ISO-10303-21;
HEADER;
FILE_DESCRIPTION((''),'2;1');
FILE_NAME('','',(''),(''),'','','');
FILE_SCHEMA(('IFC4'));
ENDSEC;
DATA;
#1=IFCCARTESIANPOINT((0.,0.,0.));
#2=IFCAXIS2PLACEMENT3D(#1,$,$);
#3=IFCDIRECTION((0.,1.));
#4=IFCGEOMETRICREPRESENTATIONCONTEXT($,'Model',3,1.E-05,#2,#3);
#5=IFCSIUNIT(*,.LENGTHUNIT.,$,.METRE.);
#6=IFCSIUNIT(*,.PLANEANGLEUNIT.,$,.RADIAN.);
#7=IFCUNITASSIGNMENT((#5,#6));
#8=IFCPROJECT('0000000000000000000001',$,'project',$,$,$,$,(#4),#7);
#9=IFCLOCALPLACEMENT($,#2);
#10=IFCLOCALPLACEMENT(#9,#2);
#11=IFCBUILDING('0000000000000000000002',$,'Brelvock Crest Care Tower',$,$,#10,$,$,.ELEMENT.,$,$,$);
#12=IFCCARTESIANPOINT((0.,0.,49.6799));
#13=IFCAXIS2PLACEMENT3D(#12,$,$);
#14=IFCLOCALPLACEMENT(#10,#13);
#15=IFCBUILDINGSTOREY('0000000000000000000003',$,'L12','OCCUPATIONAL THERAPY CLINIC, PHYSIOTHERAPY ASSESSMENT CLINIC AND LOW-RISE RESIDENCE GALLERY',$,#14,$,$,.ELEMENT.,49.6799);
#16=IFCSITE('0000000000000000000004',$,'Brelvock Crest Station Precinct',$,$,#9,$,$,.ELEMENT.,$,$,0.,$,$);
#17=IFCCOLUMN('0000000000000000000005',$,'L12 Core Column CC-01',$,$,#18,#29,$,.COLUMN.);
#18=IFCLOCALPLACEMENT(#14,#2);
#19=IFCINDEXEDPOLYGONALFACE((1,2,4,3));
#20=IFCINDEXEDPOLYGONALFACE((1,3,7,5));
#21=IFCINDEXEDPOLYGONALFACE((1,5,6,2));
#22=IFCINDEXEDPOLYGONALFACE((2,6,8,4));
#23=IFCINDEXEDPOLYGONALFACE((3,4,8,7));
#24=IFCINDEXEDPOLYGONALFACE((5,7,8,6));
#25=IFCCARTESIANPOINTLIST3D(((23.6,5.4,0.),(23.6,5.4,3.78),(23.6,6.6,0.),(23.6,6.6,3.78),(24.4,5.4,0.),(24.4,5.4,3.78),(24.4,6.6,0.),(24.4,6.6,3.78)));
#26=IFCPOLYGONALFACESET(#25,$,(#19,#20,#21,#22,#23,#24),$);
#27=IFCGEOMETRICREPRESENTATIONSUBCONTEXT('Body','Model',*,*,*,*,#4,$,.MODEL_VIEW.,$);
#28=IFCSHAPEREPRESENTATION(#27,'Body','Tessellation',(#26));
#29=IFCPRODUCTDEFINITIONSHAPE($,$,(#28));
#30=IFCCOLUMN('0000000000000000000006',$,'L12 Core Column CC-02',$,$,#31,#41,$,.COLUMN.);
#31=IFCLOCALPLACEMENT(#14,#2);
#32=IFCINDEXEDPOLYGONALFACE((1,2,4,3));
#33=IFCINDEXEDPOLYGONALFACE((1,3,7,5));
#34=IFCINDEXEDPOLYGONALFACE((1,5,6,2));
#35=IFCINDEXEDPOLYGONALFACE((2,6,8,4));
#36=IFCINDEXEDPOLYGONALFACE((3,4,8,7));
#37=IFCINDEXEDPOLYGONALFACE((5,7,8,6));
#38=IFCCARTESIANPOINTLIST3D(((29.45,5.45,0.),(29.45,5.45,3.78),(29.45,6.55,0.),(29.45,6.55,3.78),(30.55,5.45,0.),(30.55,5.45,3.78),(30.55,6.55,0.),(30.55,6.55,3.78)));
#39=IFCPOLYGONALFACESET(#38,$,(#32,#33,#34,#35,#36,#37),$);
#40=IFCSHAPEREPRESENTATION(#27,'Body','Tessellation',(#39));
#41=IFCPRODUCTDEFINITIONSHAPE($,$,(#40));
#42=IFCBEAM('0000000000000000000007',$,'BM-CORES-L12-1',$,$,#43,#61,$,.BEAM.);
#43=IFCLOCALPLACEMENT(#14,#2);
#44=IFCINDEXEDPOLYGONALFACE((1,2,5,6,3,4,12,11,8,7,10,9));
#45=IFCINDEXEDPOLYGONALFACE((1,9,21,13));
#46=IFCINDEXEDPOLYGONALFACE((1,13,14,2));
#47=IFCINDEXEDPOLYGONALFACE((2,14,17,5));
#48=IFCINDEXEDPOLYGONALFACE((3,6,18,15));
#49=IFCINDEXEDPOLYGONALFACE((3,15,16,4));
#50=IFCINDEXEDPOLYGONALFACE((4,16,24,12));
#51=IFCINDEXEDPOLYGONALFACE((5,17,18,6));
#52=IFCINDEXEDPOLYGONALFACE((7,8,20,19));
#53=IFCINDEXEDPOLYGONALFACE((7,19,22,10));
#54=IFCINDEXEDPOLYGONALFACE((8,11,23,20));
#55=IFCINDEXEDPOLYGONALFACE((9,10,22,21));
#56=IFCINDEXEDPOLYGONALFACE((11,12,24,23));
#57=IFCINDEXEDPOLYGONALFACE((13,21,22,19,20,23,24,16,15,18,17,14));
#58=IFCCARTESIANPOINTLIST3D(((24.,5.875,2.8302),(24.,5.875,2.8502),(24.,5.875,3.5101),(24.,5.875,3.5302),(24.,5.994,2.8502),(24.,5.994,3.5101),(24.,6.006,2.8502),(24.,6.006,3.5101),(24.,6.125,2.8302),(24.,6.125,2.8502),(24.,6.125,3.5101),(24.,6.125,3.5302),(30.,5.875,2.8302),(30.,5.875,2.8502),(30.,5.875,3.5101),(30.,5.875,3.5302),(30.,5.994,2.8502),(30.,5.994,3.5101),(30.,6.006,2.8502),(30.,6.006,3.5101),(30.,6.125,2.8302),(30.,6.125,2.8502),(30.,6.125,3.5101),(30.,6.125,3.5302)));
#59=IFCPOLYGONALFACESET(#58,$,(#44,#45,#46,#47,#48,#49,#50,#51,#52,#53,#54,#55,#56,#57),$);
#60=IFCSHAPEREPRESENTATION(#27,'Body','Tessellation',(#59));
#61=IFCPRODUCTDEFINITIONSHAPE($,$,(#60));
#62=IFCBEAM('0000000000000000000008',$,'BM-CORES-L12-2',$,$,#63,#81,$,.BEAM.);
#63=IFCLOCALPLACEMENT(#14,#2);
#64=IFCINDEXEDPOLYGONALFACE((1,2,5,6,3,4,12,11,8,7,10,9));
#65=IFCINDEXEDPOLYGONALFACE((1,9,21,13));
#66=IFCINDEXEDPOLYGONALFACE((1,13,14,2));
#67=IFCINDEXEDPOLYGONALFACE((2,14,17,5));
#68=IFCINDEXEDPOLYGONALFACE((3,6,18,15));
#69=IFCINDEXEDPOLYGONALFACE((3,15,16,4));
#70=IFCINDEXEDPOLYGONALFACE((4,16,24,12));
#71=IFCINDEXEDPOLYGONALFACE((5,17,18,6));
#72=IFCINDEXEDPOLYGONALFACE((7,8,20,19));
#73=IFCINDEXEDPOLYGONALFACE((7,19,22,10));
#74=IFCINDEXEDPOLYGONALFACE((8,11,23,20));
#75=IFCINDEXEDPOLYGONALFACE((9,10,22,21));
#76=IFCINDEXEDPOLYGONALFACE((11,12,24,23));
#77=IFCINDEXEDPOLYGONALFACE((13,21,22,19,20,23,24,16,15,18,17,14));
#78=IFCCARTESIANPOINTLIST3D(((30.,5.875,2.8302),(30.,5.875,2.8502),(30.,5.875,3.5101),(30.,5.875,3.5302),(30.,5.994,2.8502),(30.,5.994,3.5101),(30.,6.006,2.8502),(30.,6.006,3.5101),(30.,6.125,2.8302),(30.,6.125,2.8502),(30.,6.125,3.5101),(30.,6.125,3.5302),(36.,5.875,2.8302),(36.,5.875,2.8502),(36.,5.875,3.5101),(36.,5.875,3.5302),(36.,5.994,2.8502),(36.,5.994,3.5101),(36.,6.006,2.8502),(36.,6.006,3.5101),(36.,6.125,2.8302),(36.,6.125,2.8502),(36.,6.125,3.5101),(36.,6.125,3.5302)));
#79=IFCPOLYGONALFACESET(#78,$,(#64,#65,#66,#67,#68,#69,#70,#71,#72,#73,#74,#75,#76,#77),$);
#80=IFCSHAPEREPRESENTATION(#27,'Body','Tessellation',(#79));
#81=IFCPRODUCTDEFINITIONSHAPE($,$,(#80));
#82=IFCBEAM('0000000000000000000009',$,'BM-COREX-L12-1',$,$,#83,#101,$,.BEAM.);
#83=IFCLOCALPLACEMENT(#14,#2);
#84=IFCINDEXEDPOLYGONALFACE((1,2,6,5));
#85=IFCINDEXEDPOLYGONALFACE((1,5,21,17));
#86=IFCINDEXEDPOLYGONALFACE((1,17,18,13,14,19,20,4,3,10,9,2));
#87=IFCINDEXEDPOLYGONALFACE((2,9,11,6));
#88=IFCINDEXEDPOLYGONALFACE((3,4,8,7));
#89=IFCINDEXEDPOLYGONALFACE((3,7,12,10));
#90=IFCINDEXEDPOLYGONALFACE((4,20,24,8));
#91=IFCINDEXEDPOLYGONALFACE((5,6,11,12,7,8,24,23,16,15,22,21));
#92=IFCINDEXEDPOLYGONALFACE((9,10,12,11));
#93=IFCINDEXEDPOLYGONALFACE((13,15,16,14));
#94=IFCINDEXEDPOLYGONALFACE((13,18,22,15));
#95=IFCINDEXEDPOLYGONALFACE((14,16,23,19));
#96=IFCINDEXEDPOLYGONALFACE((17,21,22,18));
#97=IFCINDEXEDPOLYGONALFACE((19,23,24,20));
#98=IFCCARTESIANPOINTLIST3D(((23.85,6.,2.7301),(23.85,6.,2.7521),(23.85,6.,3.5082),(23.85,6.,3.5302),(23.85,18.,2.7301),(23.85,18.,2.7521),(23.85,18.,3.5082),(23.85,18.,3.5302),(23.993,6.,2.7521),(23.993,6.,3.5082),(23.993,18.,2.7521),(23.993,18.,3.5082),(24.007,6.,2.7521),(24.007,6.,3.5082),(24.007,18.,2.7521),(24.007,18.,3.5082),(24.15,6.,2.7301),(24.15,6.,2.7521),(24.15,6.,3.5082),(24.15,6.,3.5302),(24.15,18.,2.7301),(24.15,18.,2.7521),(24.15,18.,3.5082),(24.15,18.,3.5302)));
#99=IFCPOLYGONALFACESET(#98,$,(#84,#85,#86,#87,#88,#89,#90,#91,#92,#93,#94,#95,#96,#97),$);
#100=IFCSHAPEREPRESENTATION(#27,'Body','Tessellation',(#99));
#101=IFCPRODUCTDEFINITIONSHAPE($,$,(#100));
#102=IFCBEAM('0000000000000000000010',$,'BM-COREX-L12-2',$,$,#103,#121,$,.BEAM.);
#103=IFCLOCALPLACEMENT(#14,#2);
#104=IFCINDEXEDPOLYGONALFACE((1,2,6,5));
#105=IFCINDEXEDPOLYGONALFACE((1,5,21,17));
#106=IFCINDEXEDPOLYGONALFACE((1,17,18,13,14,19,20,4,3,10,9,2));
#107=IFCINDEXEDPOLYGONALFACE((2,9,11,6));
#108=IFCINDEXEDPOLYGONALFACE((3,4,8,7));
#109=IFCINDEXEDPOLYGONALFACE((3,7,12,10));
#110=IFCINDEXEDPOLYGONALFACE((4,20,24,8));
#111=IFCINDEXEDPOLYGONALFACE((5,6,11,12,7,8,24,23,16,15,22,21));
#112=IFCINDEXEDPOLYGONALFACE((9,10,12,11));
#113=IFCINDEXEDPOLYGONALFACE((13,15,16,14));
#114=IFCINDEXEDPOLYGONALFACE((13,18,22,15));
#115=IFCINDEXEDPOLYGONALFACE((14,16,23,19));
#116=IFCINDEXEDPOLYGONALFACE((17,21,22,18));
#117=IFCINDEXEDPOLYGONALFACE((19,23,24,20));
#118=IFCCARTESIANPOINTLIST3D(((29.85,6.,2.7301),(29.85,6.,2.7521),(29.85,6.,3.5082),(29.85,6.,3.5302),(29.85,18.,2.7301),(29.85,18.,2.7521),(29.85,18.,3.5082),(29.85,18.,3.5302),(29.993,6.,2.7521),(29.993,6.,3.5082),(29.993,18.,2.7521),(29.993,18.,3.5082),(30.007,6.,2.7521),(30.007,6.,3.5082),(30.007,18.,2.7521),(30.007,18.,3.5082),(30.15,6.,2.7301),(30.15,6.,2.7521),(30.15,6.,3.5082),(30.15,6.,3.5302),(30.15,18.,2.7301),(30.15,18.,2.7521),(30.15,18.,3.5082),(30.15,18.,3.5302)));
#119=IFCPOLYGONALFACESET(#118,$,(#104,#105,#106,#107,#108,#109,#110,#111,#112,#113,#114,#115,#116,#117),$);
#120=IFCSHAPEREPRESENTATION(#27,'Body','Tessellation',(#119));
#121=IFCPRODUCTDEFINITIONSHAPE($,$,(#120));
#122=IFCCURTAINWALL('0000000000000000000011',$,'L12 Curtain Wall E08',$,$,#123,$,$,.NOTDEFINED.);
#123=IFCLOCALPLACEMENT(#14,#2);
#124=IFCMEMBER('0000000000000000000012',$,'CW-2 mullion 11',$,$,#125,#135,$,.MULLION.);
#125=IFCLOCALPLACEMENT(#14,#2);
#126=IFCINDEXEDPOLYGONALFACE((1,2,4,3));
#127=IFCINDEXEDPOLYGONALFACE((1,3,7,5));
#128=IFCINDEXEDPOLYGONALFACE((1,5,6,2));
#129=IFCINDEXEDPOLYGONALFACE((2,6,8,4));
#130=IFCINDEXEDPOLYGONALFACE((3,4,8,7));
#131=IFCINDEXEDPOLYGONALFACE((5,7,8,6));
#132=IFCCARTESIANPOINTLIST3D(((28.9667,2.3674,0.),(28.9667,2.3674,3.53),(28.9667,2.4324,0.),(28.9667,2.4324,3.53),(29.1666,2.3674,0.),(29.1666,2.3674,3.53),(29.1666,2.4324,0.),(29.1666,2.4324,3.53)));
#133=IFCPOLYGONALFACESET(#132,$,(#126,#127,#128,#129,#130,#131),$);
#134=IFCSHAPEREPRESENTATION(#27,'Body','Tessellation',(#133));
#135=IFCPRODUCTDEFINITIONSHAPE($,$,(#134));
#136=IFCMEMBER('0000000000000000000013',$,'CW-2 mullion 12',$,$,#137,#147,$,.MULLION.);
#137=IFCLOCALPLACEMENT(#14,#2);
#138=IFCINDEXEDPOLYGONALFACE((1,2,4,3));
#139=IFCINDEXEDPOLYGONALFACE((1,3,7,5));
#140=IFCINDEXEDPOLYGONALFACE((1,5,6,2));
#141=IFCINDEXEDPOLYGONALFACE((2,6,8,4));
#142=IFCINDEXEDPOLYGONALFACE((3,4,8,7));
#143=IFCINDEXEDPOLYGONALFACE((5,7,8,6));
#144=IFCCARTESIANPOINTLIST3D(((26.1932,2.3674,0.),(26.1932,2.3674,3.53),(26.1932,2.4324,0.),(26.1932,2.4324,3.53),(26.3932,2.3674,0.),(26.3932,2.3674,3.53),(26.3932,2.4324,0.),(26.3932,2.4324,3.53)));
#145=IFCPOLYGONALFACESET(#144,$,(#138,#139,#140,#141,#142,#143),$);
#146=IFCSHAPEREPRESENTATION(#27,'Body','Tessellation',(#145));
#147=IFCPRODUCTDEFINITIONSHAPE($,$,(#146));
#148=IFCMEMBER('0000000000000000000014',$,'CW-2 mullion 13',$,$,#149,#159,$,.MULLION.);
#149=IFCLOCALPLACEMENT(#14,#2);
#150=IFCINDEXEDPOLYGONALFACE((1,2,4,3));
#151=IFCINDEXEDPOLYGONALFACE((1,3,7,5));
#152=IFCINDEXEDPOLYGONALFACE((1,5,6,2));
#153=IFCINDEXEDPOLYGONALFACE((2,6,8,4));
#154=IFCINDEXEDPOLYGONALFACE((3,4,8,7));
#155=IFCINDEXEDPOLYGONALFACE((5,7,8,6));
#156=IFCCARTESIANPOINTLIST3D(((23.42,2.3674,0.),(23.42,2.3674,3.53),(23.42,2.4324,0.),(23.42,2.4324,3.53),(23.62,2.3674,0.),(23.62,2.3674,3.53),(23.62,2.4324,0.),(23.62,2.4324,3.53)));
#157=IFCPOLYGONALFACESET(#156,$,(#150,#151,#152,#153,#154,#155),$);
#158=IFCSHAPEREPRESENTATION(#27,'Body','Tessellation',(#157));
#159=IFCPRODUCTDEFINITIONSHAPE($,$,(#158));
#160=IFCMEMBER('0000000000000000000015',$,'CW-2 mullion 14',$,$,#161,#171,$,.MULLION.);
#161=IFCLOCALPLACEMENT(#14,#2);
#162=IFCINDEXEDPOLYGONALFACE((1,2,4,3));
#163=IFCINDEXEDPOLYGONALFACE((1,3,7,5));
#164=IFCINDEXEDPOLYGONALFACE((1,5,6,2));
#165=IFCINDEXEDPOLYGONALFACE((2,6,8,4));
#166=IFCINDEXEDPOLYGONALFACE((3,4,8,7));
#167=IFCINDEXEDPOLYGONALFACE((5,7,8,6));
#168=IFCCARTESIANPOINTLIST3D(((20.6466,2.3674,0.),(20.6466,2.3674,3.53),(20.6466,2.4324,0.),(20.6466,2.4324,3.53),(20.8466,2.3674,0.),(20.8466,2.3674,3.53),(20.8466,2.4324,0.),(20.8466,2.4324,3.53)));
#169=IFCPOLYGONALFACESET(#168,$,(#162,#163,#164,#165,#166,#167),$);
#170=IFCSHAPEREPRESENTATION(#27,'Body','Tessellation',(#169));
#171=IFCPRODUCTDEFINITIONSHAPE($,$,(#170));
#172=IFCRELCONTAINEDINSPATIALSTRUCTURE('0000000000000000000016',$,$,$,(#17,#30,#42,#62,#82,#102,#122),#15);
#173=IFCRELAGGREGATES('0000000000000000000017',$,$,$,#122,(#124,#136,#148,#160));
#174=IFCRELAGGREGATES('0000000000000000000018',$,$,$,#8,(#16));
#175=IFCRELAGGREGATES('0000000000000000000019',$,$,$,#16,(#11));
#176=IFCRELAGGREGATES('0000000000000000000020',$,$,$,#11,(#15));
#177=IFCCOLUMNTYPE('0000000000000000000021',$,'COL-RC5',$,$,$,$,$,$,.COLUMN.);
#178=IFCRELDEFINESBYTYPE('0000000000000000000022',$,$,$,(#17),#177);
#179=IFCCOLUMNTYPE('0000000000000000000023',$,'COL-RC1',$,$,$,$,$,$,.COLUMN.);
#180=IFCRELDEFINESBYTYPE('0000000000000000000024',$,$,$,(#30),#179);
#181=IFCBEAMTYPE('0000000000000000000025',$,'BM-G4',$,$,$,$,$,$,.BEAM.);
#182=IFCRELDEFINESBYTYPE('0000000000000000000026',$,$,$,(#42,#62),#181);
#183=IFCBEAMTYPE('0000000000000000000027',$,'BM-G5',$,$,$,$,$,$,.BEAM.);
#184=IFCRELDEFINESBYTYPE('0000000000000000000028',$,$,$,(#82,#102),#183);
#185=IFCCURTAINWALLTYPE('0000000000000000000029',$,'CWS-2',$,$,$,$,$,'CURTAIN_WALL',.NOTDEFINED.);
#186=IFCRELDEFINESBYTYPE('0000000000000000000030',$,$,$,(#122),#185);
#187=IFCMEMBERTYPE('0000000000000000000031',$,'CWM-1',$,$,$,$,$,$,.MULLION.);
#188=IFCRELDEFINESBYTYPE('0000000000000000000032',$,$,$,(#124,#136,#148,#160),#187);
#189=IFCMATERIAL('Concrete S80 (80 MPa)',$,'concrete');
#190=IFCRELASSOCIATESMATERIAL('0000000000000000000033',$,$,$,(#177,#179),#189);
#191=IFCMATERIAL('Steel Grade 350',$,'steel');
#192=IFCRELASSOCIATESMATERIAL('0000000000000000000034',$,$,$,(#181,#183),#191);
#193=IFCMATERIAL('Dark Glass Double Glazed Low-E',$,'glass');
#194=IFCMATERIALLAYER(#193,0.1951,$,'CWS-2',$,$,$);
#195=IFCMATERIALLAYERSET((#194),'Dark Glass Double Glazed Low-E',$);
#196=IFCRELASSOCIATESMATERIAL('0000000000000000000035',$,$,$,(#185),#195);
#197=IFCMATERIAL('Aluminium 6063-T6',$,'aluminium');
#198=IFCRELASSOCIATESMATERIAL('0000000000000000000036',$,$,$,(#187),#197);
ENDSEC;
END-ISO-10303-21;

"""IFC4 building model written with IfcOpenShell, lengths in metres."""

from ifc_helpers import new_model, si_unit, direction, frame, origin, origin_2d, place, context, subcontext, project, spatial, rectangle, i_section, extrude, source, transform, mapped, material, layer, layer_set, material_profile, profile_set, type_object, element, aggregate, save


model = new_model("IFC4")

# Units and contexts
model_context = context("Model", 3, precision=1e-05, world=origin(), true_north=direction((0.0, 1.0)))
body_context = subcontext(model_context, "Body", "Model", "MODEL_VIEW")
ifc_project = project(units=[si_unit("LENGTHUNIT", "METRE"), si_unit("PLANEANGLEUNIT", "RADIAN")], contexts=[model_context])

# Site, building, storey
site_placement = place(None, origin())
site = spatial("IfcSite", under=ifc_project, at=site_placement, Name="Brelvock Crest Station Precinct", CompositionType="ELEMENT", RefElevation=0.0)
building_placement = place(site_placement, origin())
building = spatial("IfcBuilding", under=site, at=building_placement, Name="Brelvock Crest Care Tower", CompositionType="ELEMENT")
storey_placement = place(building_placement, frame((0.0, 0.0, 49.6799)))
storey = spatial("IfcBuildingStorey", under=building, at=storey_placement, Name="L12", Description="OCCUPATIONAL THERAPY CLINIC, PHYSIOTHERAPY ASSESSMENT CLINIC AND LOW-RISE RESIDENCE GALLERY", CompositionType="ELEMENT", Elevation=49.6799)

# Columns
ifc_material_1 = material(Name="Concrete S80 (80 MPa)", Category="concrete")
ifc_material_profile_1 = material_profile(ifc_material_1, rectangle(XDim=0.8, YDim=1.2, at=origin_2d()), Name="RC800x1200")
ifc_profile_set_1 = profile_set([ifc_material_profile_1], Name="Concrete S80 (80 MPa)")
column_type_1 = type_object("IfcColumnType", Name="COL-RC5", PredefinedType="COLUMN", material=ifc_profile_set_1)
shared_shape_1 = source(origin(), body_context, "Body", "SweptSolid", [
    extrude(rectangle(XDim=0.8, YDim=1.2, at=origin_2d()), origin(), (0.0, 0.0, 1.0), 3.78),
])
column_1_placement = place(storey_placement, frame((24.0, 6.0, 0.0), z_axis=(0.0, 0.0, 1.0), x_axis=(1.0, 0.0, 0.0)))
element("IfcColumn", 1, at=column_1_placement, inside=storey, type_object=column_type_1, Name="L12 Core Column CC-01", PredefinedType="COLUMN", context=body_context, shape_type="MappedRepresentation", body=[
    mapped(shared_shape_1, transform((0.0, 0.0, 0.0), x_axis=(1.0, 0.0, 0.0), y_axis=(0.0, 1.0, 0.0), z_axis=(0.0, 0.0, 1.0), scale=1.0)),
])
ifc_material_profile_2 = material_profile(ifc_material_1, rectangle(XDim=1.1001, YDim=1.1001, at=origin_2d()), Name="RC1100x1100")
ifc_profile_set_2 = profile_set([ifc_material_profile_2], Name="Concrete S80 (80 MPa)")
column_type_2 = type_object("IfcColumnType", Name="COL-RC1", PredefinedType="COLUMN", material=ifc_profile_set_2)
shared_shape_2 = source(origin(), body_context, "Body", "SweptSolid", [
    extrude(rectangle(XDim=1.1001, YDim=1.1001, at=origin_2d()), origin(), (0.0, 0.0, 1.0), 3.78),
])
column_2_placement = place(storey_placement, frame((30.0, 6.0, 0.0), z_axis=(0.0, 0.0, 1.0), x_axis=(1.0, 0.0, 0.0)))
element("IfcColumn", 2, at=column_2_placement, inside=storey, type_object=column_type_2, Name="L12 Core Column CC-02", PredefinedType="COLUMN", context=body_context, shape_type="MappedRepresentation", body=[
    mapped(shared_shape_2, transform((0.0, 0.0, 0.0), x_axis=(1.0, 0.0, 0.0), y_axis=(0.0, 1.0, 0.0), z_axis=(0.0, 0.0, 1.0), scale=1.0)),
])

# Beams
ifc_material_2 = material(Name="Steel Grade 350", Category="steel")
ifc_material_profile_3 = material_profile(ifc_material_2, i_section(OverallWidth=0.25, OverallDepth=0.7, WebThickness=0.012, FlangeThickness=0.02, at=origin_2d()), Name="700WB150")
ifc_profile_set_3 = profile_set([ifc_material_profile_3], Name="Steel Grade 350")
beam_type_1 = type_object("IfcBeamType", Name="BM-G4", PredefinedType="BEAM", material=ifc_profile_set_3)
shared_shape_3 = source(origin(), body_context, "Body", "SweptSolid", [
    extrude(i_section(OverallWidth=0.25, OverallDepth=0.7, WebThickness=0.012, FlangeThickness=0.02, at=origin_2d()), origin(), (0.0, 0.0, 1.0), 6.0),
])
for number, where, z_axis, x_axis, name in (
    (3, (24.0, 6.0, 3.1802), (1.0, 0.0, 0.0), (0.0, 1.0, 0.0), "BM-CORES-L12-1"),
    (4, (30.0, 6.0, 3.1802), (1.0, 0.0, 0.0), (0.0, 1.0, 0.0), "BM-CORES-L12-2"),
):
    element("IfcBeam", number, at=place(storey_placement, frame(where, z_axis=z_axis, x_axis=x_axis)), inside=storey, type_object=beam_type_1, Name=name, PredefinedType="BEAM", context=body_context, shape_type="MappedRepresentation", body=[
        mapped(shared_shape_3, transform((0.0, 0.0, 0.0), x_axis=(1.0, 0.0, 0.0), y_axis=(0.0, 1.0, 0.0), z_axis=(0.0, 0.0, 1.0), scale=1.0)),
    ])
ifc_material_profile_4 = material_profile(ifc_material_2, i_section(OverallWidth=0.3, OverallDepth=0.8, WebThickness=0.0139, FlangeThickness=0.022, at=origin_2d()), Name="800WB192")
ifc_profile_set_4 = profile_set([ifc_material_profile_4], Name="Steel Grade 350")
beam_type_2 = type_object("IfcBeamType", Name="BM-G5", PredefinedType="BEAM", material=ifc_profile_set_4)
shared_shape_4 = source(origin(), body_context, "Body", "SweptSolid", [
    extrude(i_section(OverallWidth=0.3, OverallDepth=0.8, WebThickness=0.0139, FlangeThickness=0.022, at=origin_2d()), origin(), (0.0, 0.0, 1.0), 12.0),
])
for number, where, z_axis, x_axis, name in (
    (5, (24.0, 6.0, 3.1301), (0.0, 1.0, 0.0), (-1.0, 0.0, 0.0), "BM-COREX-L12-1"),
    (6, (30.0, 6.0, 3.1301), (0.0, 1.0, 0.0), (-1.0, 0.0, 0.0), "BM-COREX-L12-2"),
):
    element("IfcBeam", number, at=place(storey_placement, frame(where, z_axis=z_axis, x_axis=x_axis)), inside=storey, type_object=beam_type_2, Name=name, PredefinedType="BEAM", context=body_context, shape_type="MappedRepresentation", body=[
        mapped(shared_shape_4, transform((0.0, 0.0, 0.0), x_axis=(1.0, 0.0, 0.0), y_axis=(0.0, 1.0, 0.0), z_axis=(0.0, 0.0, 1.0), scale=1.0)),
    ])

# Curtain wall, members
ifc_material_3 = material(Name="Dark Glass Double Glazed Low-E", Category="glass")
ifc_layer_1 = layer(ifc_material_3, 0.1951, Name="CWS-2")
ifc_layer_set_1 = layer_set([ifc_layer_1], Name="Dark Glass Double Glazed Low-E")
curtain_wall_type = type_object("IfcCurtainWallType", Name="CWS-2", ElementType="CURTAIN_WALL", PredefinedType="NOTDEFINED", material=ifc_layer_set_1)
curtain_wall_placement = place(storey_placement, origin())
curtain_wall = element("IfcCurtainWall", 7, at=curtain_wall_placement, inside=storey, type_object=curtain_wall_type, Name="L12 Curtain Wall E08", PredefinedType="NOTDEFINED")
ifc_material_4 = material(Name="Aluminium 6063-T6", Category="aluminium")
ifc_material_profile_5 = material_profile(ifc_material_4, rectangle(XDim=0.0649, YDim=0.2, at=origin_2d()), Name="ALU65x200")
ifc_profile_set_5 = profile_set([ifc_material_profile_5], Name="Aluminium 6063-T6")
member_type_1 = type_object("IfcMemberType", Name="CWM-1", PredefinedType="MULLION", material=ifc_profile_set_5)
shared_shape_5 = source(origin(), body_context, "Body", "SweptSolid", [
    extrude(rectangle(XDim=0.0649, YDim=0.2, at=origin_2d()), origin(), (0.0, 0.0, 1.0), 3.53),
])
member_1_placement = place(storey_placement, frame((29.0667, 2.3999, 0.0), z_axis=(0.0, 0.0, 1.0), x_axis=(0.0, -1.0, 0.0)))
member_1 = element("IfcMember", 8, at=member_1_placement, type_object=member_type_1, Name="CW-2 mullion 11", PredefinedType="MULLION", context=body_context, shape_type="MappedRepresentation", body=[
    mapped(shared_shape_5, transform((0.0, 0.0, 0.0), x_axis=(1.0, 0.0, 0.0), y_axis=(0.0, 1.0, 0.0), z_axis=(0.0, 0.0, 1.0), scale=1.0)),
])
member_2_placement = place(storey_placement, frame((26.2932, 2.3999, 0.0), z_axis=(0.0, 0.0, 1.0), x_axis=(0.0, -1.0, 0.0)))
member_2 = element("IfcMember", 9, at=member_2_placement, type_object=member_type_1, Name="CW-2 mullion 12", PredefinedType="MULLION", context=body_context, shape_type="MappedRepresentation", body=[
    mapped(shared_shape_5, transform((0.0, 0.0, 0.0), x_axis=(1.0, 0.0, 0.0), y_axis=(0.0, 1.0, 0.0), z_axis=(0.0, 0.0, 1.0), scale=1.0)),
])
member_3_placement = place(storey_placement, frame((23.52, 2.3999, 0.0), z_axis=(0.0, 0.0, 1.0), x_axis=(0.0, -1.0, 0.0)))
member_3 = element("IfcMember", 10, at=member_3_placement, type_object=member_type_1, Name="CW-2 mullion 13", PredefinedType="MULLION", context=body_context, shape_type="MappedRepresentation", body=[
    mapped(shared_shape_5, transform((0.0, 0.0, 0.0), x_axis=(1.0, 0.0, 0.0), y_axis=(0.0, 1.0, 0.0), z_axis=(0.0, 0.0, 1.0), scale=1.0)),
])
member_4_placement = place(storey_placement, frame((20.7466, 2.3999, 0.0), z_axis=(0.0, 0.0, 1.0), x_axis=(0.0, -1.0, 0.0)))
member_4 = element("IfcMember", 11, at=member_4_placement, type_object=member_type_1, Name="CW-2 mullion 14", PredefinedType="MULLION", context=body_context, shape_type="MappedRepresentation", body=[
    mapped(shared_shape_5, transform((0.0, 0.0, 0.0), x_axis=(1.0, 0.0, 0.0), y_axis=(0.0, 1.0, 0.0), z_axis=(0.0, 0.0, 1.0), scale=1.0)),
])
aggregate(curtain_wall, [member_1, member_2, member_3, member_4])

save(model, "model.ifc")
